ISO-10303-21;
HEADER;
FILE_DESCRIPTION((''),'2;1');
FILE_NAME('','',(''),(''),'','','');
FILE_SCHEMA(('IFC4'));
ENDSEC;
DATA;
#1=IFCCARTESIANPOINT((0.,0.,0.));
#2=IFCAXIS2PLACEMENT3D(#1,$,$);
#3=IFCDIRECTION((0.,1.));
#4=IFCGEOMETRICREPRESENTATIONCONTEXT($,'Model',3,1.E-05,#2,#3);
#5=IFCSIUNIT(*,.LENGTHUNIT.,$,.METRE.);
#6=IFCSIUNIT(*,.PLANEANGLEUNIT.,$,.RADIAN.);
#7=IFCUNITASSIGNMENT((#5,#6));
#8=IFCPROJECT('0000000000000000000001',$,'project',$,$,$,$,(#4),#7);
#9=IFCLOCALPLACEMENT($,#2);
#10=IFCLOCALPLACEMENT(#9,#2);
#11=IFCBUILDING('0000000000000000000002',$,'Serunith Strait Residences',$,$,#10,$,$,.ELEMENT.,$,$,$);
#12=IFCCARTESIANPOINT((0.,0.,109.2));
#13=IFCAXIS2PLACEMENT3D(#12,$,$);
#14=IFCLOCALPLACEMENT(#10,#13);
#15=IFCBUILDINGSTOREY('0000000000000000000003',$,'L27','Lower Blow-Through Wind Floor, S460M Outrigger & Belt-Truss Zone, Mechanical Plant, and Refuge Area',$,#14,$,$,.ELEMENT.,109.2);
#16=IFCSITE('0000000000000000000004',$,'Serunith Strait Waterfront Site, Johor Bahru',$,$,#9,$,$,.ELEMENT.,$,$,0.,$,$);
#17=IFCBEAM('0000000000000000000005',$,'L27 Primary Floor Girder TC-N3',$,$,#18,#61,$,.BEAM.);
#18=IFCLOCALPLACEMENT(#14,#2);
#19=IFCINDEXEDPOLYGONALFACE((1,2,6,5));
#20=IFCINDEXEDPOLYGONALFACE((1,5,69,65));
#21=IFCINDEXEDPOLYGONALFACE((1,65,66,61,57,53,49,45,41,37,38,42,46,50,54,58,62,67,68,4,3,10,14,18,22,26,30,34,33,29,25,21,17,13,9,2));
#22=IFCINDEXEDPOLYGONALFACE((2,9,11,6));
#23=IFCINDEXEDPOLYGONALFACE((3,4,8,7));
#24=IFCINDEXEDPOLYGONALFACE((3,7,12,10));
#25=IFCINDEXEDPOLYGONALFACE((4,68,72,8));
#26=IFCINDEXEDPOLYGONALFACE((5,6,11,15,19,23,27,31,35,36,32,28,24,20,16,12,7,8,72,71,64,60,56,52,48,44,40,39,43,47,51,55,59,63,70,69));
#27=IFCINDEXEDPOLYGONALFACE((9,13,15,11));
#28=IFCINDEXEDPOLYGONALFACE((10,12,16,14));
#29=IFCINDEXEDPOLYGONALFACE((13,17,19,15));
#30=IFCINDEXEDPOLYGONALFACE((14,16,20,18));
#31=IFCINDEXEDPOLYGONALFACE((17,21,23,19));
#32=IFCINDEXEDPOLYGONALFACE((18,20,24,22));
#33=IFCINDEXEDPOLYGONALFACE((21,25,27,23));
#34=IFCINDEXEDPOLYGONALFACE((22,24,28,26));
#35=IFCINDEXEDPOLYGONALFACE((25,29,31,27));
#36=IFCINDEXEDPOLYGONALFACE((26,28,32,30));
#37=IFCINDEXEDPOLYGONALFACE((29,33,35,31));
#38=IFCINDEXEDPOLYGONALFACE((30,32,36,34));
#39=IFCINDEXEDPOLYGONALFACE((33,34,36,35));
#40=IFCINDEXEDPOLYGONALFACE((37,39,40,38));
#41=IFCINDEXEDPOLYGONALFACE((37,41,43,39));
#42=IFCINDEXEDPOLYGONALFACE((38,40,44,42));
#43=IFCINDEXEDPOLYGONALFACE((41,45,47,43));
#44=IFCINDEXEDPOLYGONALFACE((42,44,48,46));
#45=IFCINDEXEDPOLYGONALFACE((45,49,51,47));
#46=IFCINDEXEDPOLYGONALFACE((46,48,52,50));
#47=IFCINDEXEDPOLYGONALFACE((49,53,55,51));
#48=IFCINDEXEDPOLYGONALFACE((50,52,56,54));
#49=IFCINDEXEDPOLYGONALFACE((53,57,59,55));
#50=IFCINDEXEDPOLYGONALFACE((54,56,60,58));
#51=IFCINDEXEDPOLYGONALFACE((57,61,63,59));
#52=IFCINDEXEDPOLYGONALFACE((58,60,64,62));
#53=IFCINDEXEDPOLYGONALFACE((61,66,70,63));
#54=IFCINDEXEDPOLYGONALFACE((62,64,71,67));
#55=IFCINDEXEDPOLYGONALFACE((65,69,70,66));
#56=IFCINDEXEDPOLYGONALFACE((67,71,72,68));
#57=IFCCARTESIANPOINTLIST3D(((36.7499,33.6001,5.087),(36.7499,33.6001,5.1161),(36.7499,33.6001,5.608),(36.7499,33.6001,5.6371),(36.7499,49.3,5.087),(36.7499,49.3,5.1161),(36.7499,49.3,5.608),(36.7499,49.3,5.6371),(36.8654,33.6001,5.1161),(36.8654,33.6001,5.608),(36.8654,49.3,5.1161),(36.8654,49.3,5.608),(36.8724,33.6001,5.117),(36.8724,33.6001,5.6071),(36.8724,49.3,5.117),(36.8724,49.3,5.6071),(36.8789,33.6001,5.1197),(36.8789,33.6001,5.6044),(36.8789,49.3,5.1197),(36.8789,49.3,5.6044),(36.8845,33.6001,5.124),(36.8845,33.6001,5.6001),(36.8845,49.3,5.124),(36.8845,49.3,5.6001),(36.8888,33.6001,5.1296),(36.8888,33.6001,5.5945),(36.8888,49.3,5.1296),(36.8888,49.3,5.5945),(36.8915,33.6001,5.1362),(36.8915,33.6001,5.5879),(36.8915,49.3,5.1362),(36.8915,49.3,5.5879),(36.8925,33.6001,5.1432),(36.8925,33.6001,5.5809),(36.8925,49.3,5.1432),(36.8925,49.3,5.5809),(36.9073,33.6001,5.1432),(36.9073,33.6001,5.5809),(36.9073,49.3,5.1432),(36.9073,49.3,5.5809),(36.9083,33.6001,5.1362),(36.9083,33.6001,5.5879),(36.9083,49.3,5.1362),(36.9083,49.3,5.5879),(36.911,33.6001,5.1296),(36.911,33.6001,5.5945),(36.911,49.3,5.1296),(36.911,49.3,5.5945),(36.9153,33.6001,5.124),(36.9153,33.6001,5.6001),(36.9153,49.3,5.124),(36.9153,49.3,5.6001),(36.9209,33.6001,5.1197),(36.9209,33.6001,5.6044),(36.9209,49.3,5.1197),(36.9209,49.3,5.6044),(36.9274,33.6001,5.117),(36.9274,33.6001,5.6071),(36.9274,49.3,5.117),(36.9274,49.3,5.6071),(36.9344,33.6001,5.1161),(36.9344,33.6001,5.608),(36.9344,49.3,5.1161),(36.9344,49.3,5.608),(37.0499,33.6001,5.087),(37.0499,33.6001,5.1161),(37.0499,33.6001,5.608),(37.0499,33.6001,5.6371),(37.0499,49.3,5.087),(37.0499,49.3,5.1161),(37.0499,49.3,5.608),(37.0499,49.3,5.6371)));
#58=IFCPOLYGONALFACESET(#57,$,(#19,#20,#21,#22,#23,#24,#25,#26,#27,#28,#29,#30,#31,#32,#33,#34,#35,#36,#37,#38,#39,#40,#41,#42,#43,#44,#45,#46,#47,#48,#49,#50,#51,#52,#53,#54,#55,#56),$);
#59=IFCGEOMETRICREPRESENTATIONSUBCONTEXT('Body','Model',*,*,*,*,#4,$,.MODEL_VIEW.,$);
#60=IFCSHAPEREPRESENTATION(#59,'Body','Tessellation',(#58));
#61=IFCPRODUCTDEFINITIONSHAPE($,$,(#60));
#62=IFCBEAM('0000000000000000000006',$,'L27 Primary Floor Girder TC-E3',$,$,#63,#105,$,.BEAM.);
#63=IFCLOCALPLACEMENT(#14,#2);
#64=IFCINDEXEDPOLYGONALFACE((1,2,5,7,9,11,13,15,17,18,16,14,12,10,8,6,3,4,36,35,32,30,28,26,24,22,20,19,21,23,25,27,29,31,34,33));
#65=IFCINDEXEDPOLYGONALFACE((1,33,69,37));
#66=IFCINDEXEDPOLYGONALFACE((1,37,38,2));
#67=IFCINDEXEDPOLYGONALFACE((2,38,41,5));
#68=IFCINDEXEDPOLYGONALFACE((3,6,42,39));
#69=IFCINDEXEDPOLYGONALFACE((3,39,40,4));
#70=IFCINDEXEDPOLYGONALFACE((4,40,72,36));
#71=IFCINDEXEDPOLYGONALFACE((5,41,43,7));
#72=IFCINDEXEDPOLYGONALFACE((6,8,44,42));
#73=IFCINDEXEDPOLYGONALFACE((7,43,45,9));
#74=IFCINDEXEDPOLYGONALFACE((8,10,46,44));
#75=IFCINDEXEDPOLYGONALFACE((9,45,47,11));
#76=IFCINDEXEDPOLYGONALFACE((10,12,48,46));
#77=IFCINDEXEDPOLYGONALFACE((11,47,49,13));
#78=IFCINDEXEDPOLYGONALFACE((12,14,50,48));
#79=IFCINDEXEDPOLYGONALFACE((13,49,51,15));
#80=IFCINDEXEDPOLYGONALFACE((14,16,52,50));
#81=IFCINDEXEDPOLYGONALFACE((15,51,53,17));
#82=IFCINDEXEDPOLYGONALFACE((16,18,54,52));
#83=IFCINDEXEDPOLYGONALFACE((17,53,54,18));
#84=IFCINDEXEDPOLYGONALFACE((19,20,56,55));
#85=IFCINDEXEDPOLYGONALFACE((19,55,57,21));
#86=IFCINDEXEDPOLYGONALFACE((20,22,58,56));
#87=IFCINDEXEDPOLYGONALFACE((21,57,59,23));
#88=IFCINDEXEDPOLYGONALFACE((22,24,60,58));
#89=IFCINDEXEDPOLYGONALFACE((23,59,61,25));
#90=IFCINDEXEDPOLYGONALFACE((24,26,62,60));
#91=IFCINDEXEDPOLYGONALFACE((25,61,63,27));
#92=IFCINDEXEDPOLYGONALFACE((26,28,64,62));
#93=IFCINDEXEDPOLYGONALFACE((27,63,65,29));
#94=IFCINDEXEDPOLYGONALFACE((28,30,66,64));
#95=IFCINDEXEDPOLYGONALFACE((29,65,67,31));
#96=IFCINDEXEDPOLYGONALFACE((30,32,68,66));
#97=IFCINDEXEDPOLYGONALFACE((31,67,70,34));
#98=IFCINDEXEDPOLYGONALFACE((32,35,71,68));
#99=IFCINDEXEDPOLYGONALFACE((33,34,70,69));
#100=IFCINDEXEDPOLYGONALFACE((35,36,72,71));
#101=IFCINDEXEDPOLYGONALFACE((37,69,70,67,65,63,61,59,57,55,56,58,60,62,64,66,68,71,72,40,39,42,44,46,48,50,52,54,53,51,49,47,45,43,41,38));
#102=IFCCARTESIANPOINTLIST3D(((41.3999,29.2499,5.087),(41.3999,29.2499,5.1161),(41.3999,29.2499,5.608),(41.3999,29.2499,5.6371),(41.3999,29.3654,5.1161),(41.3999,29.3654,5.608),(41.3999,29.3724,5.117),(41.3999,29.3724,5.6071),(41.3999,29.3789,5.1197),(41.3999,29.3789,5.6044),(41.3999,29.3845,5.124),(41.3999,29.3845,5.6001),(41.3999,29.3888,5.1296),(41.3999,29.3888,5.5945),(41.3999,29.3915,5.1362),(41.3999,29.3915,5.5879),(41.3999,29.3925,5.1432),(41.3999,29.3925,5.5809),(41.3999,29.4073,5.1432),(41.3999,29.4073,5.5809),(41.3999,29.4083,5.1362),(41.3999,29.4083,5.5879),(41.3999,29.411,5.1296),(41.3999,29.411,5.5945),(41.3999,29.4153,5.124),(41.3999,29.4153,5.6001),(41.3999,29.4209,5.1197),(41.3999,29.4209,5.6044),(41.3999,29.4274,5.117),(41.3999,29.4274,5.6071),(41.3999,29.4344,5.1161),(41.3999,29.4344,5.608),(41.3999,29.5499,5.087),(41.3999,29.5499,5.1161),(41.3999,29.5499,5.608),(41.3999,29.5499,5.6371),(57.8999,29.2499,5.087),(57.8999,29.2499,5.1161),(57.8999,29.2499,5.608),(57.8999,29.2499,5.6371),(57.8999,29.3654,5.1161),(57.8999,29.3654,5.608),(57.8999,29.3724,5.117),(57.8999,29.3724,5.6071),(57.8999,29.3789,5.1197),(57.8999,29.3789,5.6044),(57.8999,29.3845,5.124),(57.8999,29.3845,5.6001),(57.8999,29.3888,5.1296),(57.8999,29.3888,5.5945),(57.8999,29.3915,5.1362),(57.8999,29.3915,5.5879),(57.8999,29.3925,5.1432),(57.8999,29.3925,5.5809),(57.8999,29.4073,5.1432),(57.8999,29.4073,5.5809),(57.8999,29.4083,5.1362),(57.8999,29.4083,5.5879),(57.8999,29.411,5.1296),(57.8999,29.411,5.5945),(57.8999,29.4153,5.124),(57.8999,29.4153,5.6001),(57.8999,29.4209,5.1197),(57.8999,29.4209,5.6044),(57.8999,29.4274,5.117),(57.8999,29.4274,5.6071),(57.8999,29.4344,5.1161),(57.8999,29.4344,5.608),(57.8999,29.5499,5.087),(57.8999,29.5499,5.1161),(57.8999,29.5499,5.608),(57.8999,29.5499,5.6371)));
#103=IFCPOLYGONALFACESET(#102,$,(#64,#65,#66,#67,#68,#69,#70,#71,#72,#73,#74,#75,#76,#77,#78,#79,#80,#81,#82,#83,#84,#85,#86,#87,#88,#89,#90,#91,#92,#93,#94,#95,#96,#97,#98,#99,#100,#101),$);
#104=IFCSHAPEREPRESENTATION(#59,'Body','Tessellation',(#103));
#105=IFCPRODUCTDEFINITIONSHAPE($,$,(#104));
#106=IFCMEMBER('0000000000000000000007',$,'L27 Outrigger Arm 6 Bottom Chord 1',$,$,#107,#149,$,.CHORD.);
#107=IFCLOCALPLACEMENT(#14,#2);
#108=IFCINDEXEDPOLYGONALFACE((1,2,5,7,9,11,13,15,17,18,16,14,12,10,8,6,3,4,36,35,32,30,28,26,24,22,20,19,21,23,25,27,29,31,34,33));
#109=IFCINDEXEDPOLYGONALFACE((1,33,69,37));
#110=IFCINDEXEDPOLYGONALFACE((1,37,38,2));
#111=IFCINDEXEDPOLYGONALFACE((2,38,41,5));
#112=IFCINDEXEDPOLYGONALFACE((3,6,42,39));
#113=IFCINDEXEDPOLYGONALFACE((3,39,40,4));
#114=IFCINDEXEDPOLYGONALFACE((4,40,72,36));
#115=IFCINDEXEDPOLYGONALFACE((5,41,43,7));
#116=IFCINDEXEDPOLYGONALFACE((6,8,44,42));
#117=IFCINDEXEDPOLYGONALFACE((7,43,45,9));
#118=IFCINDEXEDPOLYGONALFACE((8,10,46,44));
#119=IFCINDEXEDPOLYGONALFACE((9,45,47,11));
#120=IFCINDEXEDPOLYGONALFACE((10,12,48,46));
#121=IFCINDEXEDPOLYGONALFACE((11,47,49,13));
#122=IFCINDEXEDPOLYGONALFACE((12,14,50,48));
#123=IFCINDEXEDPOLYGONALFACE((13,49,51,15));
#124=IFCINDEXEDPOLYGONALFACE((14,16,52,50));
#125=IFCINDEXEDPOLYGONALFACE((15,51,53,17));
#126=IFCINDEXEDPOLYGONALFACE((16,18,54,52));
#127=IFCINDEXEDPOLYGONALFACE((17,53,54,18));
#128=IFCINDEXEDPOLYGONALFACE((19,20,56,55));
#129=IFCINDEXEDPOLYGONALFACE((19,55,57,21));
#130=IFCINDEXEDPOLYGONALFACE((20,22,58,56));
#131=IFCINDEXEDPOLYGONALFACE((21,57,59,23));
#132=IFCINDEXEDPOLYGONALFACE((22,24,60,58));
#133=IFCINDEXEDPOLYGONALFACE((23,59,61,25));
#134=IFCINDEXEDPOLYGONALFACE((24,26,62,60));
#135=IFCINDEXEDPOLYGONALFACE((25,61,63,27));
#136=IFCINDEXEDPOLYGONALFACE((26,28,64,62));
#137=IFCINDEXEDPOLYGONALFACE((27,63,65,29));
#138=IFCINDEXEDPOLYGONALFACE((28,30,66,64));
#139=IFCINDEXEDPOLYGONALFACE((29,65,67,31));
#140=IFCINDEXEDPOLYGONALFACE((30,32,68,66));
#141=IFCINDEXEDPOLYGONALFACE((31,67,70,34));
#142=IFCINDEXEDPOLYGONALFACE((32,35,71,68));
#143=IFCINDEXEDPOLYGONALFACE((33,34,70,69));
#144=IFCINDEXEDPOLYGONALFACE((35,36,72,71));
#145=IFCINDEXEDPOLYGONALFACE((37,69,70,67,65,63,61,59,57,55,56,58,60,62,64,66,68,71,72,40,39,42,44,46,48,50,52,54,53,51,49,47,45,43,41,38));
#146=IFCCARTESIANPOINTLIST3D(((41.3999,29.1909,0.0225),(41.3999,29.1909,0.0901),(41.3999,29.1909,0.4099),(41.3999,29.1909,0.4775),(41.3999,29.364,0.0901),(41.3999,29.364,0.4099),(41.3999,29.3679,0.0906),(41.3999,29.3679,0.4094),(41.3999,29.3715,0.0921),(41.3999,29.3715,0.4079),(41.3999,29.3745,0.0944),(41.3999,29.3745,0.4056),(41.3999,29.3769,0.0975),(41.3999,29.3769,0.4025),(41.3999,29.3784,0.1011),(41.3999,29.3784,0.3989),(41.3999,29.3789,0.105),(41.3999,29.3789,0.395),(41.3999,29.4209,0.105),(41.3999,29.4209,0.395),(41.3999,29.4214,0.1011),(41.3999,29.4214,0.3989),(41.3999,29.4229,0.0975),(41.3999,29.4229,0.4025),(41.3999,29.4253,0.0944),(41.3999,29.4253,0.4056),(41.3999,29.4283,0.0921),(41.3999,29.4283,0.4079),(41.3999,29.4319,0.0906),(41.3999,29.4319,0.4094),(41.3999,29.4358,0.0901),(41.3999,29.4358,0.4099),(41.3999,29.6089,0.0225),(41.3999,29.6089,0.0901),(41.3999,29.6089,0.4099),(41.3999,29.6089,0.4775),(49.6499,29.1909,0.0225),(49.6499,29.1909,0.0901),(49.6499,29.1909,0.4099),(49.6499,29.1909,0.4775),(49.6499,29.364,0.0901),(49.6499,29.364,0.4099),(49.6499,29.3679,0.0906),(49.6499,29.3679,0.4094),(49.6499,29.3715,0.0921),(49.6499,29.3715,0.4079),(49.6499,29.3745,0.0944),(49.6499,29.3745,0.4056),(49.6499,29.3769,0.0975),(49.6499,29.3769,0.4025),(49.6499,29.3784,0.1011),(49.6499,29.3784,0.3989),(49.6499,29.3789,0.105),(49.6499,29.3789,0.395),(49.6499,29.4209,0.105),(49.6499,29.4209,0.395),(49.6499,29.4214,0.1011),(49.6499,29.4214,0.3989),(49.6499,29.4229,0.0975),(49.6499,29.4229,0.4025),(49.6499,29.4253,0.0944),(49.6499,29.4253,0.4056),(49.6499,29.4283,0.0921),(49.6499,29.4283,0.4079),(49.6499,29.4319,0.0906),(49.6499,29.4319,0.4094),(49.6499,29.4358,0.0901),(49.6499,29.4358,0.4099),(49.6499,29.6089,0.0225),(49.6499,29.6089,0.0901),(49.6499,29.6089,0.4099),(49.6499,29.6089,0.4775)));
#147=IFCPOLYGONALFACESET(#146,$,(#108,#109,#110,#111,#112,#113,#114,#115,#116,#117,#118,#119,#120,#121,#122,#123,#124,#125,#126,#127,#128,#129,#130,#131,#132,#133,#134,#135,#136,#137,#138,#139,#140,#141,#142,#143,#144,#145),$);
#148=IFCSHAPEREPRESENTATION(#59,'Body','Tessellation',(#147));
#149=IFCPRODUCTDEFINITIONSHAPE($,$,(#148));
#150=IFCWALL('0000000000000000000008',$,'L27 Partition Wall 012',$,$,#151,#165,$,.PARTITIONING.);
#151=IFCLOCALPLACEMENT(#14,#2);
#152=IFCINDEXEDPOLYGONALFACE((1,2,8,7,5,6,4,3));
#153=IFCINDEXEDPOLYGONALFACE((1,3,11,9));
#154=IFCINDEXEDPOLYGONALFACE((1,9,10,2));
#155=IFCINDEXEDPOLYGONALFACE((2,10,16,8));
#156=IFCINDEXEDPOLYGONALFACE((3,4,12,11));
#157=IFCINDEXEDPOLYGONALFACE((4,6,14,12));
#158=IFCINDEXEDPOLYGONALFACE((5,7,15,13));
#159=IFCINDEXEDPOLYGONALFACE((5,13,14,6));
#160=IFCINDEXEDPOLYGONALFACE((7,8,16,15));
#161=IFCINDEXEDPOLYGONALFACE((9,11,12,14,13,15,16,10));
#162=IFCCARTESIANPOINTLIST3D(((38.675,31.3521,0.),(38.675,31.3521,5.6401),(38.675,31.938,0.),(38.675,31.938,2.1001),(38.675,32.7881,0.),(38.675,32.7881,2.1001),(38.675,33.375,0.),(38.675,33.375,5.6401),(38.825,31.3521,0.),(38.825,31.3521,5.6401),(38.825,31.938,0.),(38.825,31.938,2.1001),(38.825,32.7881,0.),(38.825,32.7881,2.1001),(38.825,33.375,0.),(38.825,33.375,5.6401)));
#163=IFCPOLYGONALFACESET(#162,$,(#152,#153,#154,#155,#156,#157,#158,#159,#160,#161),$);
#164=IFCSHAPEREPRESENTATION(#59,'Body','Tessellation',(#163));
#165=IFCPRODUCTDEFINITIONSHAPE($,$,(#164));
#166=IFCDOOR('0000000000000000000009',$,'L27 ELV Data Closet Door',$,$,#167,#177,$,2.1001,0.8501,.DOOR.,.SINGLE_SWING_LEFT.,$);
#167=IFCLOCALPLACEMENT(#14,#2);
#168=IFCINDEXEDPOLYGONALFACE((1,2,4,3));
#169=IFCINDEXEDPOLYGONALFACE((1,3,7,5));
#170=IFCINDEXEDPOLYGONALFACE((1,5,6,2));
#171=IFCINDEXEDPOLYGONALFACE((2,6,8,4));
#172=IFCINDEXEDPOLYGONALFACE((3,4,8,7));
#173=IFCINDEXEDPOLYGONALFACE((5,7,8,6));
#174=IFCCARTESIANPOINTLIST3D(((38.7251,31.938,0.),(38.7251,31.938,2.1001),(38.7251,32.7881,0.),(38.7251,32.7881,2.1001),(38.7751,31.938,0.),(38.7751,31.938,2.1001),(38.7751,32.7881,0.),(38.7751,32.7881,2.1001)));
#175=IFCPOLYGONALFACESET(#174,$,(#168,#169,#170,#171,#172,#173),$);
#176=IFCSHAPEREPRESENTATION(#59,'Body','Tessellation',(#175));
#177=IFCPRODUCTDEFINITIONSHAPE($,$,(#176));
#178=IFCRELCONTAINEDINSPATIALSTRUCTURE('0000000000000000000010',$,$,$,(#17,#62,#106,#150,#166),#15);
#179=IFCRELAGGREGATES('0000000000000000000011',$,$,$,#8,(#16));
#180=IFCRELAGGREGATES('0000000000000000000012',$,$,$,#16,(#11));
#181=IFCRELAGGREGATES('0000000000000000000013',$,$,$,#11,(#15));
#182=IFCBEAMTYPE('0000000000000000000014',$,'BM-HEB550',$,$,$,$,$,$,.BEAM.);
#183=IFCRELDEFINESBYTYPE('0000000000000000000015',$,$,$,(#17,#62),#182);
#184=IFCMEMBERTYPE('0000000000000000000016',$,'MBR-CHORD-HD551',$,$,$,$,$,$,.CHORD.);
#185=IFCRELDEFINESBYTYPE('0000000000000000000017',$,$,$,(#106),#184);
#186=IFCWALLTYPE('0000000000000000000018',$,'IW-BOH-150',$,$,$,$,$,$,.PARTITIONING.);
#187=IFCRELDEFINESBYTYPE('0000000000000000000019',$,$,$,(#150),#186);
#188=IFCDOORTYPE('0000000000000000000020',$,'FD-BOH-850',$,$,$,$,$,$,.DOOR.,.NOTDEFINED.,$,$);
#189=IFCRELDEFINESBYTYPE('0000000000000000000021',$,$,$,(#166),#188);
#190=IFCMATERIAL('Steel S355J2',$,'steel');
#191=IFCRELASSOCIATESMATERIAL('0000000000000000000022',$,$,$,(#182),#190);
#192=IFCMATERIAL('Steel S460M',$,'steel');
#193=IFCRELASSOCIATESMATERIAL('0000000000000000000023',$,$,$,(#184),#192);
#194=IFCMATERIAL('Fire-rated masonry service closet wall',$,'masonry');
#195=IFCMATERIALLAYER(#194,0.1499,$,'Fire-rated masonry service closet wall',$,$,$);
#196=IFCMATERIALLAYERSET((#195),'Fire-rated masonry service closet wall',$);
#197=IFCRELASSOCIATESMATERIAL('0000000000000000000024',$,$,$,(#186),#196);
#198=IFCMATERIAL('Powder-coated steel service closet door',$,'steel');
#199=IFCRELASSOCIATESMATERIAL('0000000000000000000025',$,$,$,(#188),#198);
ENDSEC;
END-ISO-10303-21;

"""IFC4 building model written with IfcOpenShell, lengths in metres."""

from ifc_helpers import new_model, si_unit, direction, frame, frame_2d, origin, origin_2d, place, context, subcontext, project, spatial, rectangle, i_section, extrude, source, transform, mapped, material, layer, layer_set, material_profile, profile_set, type_object, element, fill, save


model = new_model("IFC4")

# Units and contexts
model_context = context("Model", 3, precision=1e-05, world=origin(), true_north=direction((0.0, 1.0)))
body_context = subcontext(model_context, "Body", "Model", "MODEL_VIEW")
ifc_project = project(units=[si_unit("LENGTHUNIT", "METRE"), si_unit("PLANEANGLEUNIT", "RADIAN")], contexts=[model_context])

# Site, building, storey
site_placement = place(None, origin())
site = spatial("IfcSite", under=ifc_project, at=site_placement, Name="Serunith Strait Waterfront Site, Johor Bahru", CompositionType="ELEMENT", RefElevation=0.0)
building_placement = place(site_placement, origin())
building = spatial("IfcBuilding", under=site, at=building_placement, Name="Serunith Strait Residences", CompositionType="ELEMENT")
storey_placement = place(building_placement, frame((0.0, 0.0, 109.2)))
storey = spatial("IfcBuildingStorey", under=building, at=storey_placement, Name="L27", Description="Lower Blow-Through Wind Floor, S460M Outrigger & Belt-Truss Zone, Mechanical Plant, and Refuge Area", CompositionType="ELEMENT", Elevation=109.2)

# Beams
ifc_material_1 = material(Name="Steel S355J2", Category="steel")
ifc_material_profile_1 = material_profile(ifc_material_1, i_section(OverallWidth=0.3, OverallDepth=0.55, WebThickness=0.0149, FlangeThickness=0.0291, FilletRadius=0.0271, at=origin_2d()), Name="HEB 550")
ifc_profile_set_1 = profile_set([ifc_material_profile_1], Name="Steel S355J2")
beam_type = type_object("IfcBeamType", Name="BM-HEB550", PredefinedType="BEAM", material=ifc_profile_set_1)
shared_shape_1 = source(origin(), body_context, "Body", "SweptSolid", [
    extrude(i_section(OverallWidth=0.3, OverallDepth=0.55, WebThickness=0.0149, FlangeThickness=0.0291, FilletRadius=0.0271, at=origin_2d()), origin(), (0.0, 0.0, 1.0), 15.7),
])
beam_1_placement = place(storey_placement, frame((36.8999, 33.6001, 5.3621), z_axis=(0.0, 1.0, 0.0), x_axis=(-1.0, 0.0, 0.0)))
element("IfcBeam", 1, at=beam_1_placement, inside=storey, type_object=beam_type, Name="L27 Primary Floor Girder TC-N3", PredefinedType="BEAM", context=body_context, shape_type="MappedRepresentation", body=[
    mapped(shared_shape_1, transform((0.0, 0.0, 0.0), scale=1.0)),
])
shared_shape_2 = source(origin(), body_context, "Body", "SweptSolid", [
    extrude(i_section(OverallWidth=0.3, OverallDepth=0.55, WebThickness=0.0149, FlangeThickness=0.0291, FilletRadius=0.0271, at=origin_2d()), origin(), (0.0, 0.0, 1.0), 16.5),
])
beam_2_placement = place(storey_placement, frame((41.3999, 29.3999, 5.3621), z_axis=(1.0, 0.0, 0.0), x_axis=(0.0, 1.0, 0.0)))
element("IfcBeam", 2, at=beam_2_placement, inside=storey, type_object=beam_type, Name="L27 Primary Floor Girder TC-E3", PredefinedType="BEAM", context=body_context, shape_type="MappedRepresentation", body=[
    mapped(shared_shape_2, transform((0.0, 0.0, 0.0), scale=1.0)),
])

# Member
ifc_material_2 = material(Name="Steel S460M", Category="steel")
ifc_material_profile_2 = material_profile(ifc_material_2, i_section(OverallWidth=0.418, OverallDepth=0.4551, WebThickness=0.042, FlangeThickness=0.0676, FilletRadius=0.0149, at=origin_2d()), Name="HD 400x551")
ifc_profile_set_2 = profile_set([ifc_material_profile_2], Name="Steel S460M")
member_type = type_object("IfcMemberType", Name="MBR-CHORD-HD551", PredefinedType="CHORD", material=ifc_profile_set_2)
shared_shape_3 = source(origin(), body_context, "Body", "SweptSolid", [
    extrude(i_section(OverallWidth=0.418, OverallDepth=0.4551, WebThickness=0.042, FlangeThickness=0.0676, FilletRadius=0.0149, at=origin_2d()), origin(), (0.0, 0.0, 1.0), 8.25),
])
member_placement = place(storey_placement, frame((41.3999, 29.3999, 0.25), z_axis=(1.0, 0.0, 0.0), x_axis=(0.0, 1.0, 0.0)))
element("IfcMember", 3, at=member_placement, inside=storey, type_object=member_type, Name="L27 Outrigger Arm 6 Bottom Chord 1", PredefinedType="CHORD", context=body_context, shape_type="MappedRepresentation", body=[
    mapped(shared_shape_3, transform((0.0, 0.0, 0.0), scale=1.0)),
])

# Wall, opening, door
ifc_material_3 = material(Name="Fire-rated masonry service closet wall", Category="masonry")
ifc_layer_1 = layer(ifc_material_3, 0.1499, Name="Fire-rated masonry service closet wall")
ifc_layer_set_1 = layer_set([ifc_layer_1], Name="Fire-rated masonry service closet wall")
wall_type_1 = type_object("IfcWallType", Name="IW-BOH-150", PredefinedType="PARTITIONING", material=ifc_layer_set_1)
wall_1_placement = place(storey_placement, frame((38.75, 31.3521, 0.0), z_axis=(0.0, 0.0, 1.0), x_axis=(0.0, 1.0, 0.0)))
wall_1 = element("IfcWall", 4, at=wall_1_placement, inside=storey, type_object=wall_type_1, Name="L27 Partition Wall 012", PredefinedType="PARTITIONING", context=body_context, shape_type="SweptSolid", body=[
    extrude(rectangle(XDim=2.0229, YDim=0.1499, at=frame_2d((1.0115, 0.0))), origin(), (0.0, 0.0, 1.0), 5.6401),
])
opening_1_placement = place(wall_1_placement, frame((0.5859, 0.0, 0.0)))
opening_1 = element("IfcOpeningElement", 5, at=opening_1_placement, cuts=wall_1, PredefinedType="OPENING", context=body_context, shape_type="SweptSolid", body=[
    extrude(rectangle(XDim=0.8501, YDim=2.1001, at=frame_2d((0.425, 1.05))), frame((0.0, 0.085, 0.0), z_axis=(0.0, -1.0, 0.0), x_axis=(1.0, 0.0, 0.0)), (0.0, 0.0, 1.0), 0.1699),
])
ifc_material_4 = material(Name="Powder-coated steel service closet door", Category="steel")
door_type_1 = type_object("IfcDoorType", Name="FD-BOH-850", OperationType="NOTDEFINED", PredefinedType="DOOR", material=ifc_material_4)
shared_shape_4 = source(origin(), body_context, "Body", "SweptSolid", [
    extrude(rectangle(XDim=0.8501, YDim=2.1001, at=frame_2d((0.425, 1.05))), frame((0.0, 0.0249, 0.0), z_axis=(0.0, -1.0, 0.0), x_axis=(1.0, 0.0, 0.0)), (0.0, 0.0, 1.0), 0.05),
])
door_1_placement = place(opening_1_placement, origin())
door_1 = element("IfcDoor", 6, at=door_1_placement, inside=storey, type_object=door_type_1, Name="L27 ELV Data Closet Door", OperationType="SINGLE_SWING_LEFT", OverallHeight=2.1001, OverallWidth=0.8501, PredefinedType="DOOR", context=body_context, shape_type="MappedRepresentation", body=[
    mapped(shared_shape_4, transform((0.0, 0.0, 0.0), scale=1.0)),
])
fill(opening_1, door_1)

save(model, "model.ifc")
